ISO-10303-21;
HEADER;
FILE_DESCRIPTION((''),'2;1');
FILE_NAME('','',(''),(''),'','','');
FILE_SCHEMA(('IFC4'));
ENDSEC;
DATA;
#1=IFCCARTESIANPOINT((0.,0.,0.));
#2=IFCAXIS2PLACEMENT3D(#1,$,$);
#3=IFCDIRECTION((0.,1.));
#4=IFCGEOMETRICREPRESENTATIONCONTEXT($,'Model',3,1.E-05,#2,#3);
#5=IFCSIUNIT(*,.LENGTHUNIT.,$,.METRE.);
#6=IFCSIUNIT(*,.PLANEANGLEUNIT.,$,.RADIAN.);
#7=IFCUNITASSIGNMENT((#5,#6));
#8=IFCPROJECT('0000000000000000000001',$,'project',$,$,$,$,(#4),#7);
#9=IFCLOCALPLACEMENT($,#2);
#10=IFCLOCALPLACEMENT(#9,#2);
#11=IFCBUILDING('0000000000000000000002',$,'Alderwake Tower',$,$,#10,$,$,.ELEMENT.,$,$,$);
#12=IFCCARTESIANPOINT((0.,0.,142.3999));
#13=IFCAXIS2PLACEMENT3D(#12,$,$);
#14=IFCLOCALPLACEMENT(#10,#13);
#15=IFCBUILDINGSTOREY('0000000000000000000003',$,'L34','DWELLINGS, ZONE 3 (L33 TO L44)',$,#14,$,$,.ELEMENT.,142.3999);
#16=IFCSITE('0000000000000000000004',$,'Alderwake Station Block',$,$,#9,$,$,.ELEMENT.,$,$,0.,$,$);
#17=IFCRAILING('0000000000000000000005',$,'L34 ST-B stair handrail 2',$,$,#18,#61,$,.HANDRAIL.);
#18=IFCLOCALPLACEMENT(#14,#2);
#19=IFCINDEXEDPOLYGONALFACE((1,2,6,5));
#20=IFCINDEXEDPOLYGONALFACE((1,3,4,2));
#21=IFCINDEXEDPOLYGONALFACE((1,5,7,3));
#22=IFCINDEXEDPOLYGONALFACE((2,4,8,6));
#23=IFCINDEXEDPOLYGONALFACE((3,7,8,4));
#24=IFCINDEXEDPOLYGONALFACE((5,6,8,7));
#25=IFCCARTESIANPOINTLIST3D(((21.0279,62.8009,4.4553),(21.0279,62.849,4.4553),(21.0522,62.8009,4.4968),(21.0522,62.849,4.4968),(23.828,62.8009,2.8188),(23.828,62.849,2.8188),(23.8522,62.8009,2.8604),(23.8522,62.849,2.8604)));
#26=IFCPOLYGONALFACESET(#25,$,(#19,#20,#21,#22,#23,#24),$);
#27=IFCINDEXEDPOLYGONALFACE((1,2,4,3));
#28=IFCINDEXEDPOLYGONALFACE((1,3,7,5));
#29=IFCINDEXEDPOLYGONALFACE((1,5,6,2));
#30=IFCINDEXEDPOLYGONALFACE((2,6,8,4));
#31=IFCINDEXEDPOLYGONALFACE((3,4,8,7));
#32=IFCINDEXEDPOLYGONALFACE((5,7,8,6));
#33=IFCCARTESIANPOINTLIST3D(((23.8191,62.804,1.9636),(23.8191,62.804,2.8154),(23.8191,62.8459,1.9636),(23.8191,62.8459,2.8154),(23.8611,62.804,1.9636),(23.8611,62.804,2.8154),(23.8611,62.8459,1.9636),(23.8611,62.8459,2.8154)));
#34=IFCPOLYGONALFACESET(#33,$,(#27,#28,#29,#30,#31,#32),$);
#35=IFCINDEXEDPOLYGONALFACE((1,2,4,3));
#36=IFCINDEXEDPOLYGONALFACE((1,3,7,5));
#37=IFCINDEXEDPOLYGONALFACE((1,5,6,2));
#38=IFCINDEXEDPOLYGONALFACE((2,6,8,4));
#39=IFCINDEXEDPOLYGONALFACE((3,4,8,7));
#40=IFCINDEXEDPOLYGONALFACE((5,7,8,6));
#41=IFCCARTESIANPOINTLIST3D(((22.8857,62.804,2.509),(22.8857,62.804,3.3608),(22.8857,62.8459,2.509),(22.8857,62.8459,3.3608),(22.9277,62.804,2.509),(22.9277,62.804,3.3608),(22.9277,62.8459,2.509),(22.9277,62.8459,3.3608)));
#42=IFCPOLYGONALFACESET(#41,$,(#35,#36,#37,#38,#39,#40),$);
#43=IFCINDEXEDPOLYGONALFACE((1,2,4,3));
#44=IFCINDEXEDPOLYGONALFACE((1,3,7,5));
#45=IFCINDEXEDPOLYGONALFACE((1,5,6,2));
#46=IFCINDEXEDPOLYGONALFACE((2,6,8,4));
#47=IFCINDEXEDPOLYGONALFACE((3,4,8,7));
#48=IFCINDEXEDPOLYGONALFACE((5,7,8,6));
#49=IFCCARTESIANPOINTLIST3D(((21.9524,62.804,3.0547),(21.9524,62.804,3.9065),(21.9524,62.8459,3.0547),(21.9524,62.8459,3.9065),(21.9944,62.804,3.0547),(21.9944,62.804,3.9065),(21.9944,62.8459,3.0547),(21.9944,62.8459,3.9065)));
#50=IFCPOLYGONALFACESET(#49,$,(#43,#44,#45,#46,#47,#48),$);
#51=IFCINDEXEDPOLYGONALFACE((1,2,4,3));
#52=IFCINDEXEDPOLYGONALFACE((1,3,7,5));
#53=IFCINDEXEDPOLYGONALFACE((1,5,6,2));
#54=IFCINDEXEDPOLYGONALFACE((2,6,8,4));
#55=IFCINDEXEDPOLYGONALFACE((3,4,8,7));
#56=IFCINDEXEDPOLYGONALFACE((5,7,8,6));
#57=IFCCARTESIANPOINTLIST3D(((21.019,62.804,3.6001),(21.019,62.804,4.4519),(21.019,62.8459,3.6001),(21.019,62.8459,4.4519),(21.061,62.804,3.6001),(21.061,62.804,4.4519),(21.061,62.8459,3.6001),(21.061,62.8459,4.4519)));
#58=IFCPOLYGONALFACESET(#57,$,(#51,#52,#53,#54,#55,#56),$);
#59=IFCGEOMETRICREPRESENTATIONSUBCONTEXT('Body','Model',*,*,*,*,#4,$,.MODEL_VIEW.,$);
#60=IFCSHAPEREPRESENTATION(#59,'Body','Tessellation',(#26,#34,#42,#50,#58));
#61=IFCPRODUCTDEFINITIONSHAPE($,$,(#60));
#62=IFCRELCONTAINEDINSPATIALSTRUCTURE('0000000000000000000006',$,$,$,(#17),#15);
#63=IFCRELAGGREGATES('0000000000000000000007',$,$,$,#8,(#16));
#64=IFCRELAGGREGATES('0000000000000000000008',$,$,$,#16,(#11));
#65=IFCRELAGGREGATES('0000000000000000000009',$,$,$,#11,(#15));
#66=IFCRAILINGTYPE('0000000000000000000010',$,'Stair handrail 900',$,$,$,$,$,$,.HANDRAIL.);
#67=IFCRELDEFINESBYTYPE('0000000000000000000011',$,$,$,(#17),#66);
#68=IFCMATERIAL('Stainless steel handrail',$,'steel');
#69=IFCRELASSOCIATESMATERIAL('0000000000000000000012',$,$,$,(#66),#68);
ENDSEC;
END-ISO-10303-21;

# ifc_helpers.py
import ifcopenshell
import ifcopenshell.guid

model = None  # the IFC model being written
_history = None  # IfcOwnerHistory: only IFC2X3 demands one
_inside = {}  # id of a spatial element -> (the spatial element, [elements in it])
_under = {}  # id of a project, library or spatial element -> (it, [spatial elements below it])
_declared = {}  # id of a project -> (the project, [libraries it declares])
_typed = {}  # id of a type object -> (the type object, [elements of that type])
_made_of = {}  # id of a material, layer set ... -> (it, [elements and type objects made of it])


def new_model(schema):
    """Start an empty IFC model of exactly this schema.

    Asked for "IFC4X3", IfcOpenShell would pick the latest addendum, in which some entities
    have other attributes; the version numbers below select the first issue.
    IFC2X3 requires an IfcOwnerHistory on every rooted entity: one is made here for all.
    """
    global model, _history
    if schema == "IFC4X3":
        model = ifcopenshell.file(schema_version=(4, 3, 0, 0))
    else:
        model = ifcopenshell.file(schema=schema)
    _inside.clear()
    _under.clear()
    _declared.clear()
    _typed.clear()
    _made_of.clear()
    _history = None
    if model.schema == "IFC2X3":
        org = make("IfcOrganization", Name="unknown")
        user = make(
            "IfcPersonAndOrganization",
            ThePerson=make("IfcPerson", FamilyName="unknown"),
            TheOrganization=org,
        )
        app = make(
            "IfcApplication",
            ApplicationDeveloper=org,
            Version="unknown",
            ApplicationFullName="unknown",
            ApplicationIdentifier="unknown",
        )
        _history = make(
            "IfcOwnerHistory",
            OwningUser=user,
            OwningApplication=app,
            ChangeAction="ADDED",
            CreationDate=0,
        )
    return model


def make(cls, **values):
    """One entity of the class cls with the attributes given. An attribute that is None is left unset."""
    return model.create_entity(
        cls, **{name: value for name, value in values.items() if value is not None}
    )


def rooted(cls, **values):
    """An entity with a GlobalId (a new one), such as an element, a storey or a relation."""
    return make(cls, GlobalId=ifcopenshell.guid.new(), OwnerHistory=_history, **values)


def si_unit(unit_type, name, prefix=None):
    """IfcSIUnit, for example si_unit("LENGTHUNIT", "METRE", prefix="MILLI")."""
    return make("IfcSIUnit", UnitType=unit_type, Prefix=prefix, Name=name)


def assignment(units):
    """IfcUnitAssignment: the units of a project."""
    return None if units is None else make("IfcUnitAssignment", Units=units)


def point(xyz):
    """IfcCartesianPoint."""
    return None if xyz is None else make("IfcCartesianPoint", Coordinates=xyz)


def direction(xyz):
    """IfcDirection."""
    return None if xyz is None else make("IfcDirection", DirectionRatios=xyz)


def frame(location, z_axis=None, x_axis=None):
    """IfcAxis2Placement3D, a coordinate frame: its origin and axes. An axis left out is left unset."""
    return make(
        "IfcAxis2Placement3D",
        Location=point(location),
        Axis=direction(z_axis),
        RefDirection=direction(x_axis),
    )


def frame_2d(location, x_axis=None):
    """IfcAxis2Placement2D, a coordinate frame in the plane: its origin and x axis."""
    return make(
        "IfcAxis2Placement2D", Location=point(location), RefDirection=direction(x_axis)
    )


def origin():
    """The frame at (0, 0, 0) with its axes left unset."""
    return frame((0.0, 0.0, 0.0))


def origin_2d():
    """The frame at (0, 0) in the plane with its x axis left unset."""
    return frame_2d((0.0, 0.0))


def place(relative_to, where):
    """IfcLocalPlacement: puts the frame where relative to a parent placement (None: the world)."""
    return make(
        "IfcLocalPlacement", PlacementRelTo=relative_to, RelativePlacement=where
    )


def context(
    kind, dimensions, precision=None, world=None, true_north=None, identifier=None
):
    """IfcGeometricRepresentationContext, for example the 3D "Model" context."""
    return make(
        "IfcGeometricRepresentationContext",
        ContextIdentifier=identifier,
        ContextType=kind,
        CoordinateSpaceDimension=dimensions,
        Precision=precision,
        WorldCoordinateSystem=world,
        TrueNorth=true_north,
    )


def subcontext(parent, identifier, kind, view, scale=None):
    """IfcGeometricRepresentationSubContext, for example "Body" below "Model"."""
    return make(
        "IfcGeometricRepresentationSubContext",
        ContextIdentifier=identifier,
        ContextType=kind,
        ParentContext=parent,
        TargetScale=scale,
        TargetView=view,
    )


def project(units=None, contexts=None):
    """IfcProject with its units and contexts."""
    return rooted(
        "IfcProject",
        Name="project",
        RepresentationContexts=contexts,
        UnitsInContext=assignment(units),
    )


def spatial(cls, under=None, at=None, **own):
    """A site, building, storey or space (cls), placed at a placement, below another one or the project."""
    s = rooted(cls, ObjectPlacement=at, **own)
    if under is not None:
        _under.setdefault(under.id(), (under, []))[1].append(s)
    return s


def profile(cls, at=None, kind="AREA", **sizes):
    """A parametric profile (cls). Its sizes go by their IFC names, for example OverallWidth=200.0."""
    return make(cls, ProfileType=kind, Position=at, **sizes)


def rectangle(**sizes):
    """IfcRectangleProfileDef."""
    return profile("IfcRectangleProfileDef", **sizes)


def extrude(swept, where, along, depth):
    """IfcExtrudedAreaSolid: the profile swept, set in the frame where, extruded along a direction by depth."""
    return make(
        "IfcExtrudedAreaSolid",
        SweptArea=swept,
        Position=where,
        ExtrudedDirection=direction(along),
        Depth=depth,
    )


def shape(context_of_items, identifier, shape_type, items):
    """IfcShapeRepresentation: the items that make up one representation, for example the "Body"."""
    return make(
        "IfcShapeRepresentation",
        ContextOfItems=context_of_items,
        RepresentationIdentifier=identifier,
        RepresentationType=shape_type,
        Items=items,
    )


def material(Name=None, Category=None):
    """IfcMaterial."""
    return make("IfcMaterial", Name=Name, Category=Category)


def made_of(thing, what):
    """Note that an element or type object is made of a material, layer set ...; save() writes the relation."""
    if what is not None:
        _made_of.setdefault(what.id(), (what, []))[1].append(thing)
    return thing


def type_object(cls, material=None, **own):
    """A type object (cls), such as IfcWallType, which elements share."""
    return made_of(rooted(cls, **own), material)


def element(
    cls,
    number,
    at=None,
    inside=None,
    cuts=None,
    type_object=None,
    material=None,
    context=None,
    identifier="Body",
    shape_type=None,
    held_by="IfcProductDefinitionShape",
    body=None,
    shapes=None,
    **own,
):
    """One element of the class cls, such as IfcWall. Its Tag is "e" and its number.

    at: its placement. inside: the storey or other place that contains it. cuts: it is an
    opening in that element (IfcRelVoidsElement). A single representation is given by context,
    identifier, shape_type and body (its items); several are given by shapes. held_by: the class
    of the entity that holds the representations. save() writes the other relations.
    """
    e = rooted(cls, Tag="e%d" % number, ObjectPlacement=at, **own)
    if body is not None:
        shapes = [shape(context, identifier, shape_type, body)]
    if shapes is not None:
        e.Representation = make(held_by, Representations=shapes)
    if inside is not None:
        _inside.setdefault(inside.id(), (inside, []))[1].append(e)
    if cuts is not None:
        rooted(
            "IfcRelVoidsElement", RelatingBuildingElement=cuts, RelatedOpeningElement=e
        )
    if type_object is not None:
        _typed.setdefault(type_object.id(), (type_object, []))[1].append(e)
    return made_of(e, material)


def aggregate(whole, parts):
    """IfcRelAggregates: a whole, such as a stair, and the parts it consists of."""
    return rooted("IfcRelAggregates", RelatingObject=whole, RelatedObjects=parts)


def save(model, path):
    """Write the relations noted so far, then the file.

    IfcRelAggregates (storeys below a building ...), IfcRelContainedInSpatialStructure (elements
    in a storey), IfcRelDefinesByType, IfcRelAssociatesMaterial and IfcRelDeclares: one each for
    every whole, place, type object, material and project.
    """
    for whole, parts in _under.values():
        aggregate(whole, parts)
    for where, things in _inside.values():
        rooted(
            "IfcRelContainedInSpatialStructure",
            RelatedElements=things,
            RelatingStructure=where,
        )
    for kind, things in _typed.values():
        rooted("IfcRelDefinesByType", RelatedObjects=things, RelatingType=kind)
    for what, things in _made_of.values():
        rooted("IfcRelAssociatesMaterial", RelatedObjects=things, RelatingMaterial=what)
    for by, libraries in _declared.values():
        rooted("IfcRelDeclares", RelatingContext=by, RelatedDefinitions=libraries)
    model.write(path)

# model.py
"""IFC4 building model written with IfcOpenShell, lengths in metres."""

from ifc_helpers import new_model, si_unit, direction, frame, origin, origin_2d, place, context, subcontext, project, spatial, rectangle, extrude, material, type_object, element, save


model = new_model("IFC4")

# Units and contexts
model_context = context("Model", 3, precision=1e-05, world=origin(), true_north=direction((0.0, 1.0)))
body_context = subcontext(model_context, "Body", "Model", "MODEL_VIEW")
ifc_project = project(units=[si_unit("LENGTHUNIT", "METRE"), si_unit("PLANEANGLEUNIT", "RADIAN")], contexts=[model_context])

# Site, building, storey
site_placement = place(None, origin())
site = spatial("IfcSite", under=ifc_project, at=site_placement, Name="Alderwake Station Block", CompositionType="ELEMENT", RefElevation=0.0)
building_placement = place(site_placement, origin())
building = spatial("IfcBuilding", under=site, at=building_placement, Name="Alderwake Tower", CompositionType="ELEMENT")
storey_placement = place(building_placement, frame((0.0, 0.0, 142.3999)))
storey = spatial("IfcBuildingStorey", under=building, at=storey_placement, Name="L34", Description="DWELLINGS, ZONE 3 (L33 TO L44)", CompositionType="ELEMENT", Elevation=142.3999)

# Railing
ifc_material_1 = material(Name="Stainless steel handrail", Category="steel")
railing_type = type_object("IfcRailingType", Name="Stair handrail 900", PredefinedType="HANDRAIL", material=ifc_material_1)
railing_placement = place(storey_placement, frame((23.8401, 62.825, 1.9636)))
element("IfcRailing", 1, at=railing_placement, inside=storey, type_object=railing_type, Name="L34 ST-B stair handrail 2", PredefinedType="HANDRAIL", context=body_context, shape_type="SweptSolid", body=[
    extrude(rectangle(XDim=0.0481, YDim=0.0481, at=origin_2d()), frame((0.0, 0.0, 0.876), z_axis=(-0.863361, 0.0, 0.504587), x_axis=(0.0, -1.0, 0.0)), (0.0, 0.0, 1.0), 3.2432),
    extrude(rectangle(XDim=0.042, YDim=0.042, at=origin_2d()), frame((0.0, 0.0, 0.0), z_axis=(0.0, 0.0, 1.0), x_axis=(-1.0, 0.0, 0.0)), (0.0, 0.0, 1.0), 0.8518),
    extrude(rectangle(XDim=0.042, YDim=0.042, at=origin_2d()), frame((-0.9333, 0.0, 0.5454), z_axis=(0.0, 0.0, 1.0), x_axis=(-1.0, 0.0, 0.0)), (0.0, 0.0, 1.0), 0.8518),
    extrude(rectangle(XDim=0.042, YDim=0.042, at=origin_2d()), frame((-1.8667, 0.0, 1.0911), z_axis=(0.0, 0.0, 1.0), x_axis=(-1.0, 0.0, 0.0)), (0.0, 0.0, 1.0), 0.8518),
    extrude(rectangle(XDim=0.042, YDim=0.042, at=origin_2d()), frame((-2.8, 0.0, 1.6365), z_axis=(0.0, 0.0, 1.0), x_axis=(-1.0, 0.0, 0.0)), (0.0, 0.0, 1.0), 0.8518),
])

save(model, "model.ifc")
